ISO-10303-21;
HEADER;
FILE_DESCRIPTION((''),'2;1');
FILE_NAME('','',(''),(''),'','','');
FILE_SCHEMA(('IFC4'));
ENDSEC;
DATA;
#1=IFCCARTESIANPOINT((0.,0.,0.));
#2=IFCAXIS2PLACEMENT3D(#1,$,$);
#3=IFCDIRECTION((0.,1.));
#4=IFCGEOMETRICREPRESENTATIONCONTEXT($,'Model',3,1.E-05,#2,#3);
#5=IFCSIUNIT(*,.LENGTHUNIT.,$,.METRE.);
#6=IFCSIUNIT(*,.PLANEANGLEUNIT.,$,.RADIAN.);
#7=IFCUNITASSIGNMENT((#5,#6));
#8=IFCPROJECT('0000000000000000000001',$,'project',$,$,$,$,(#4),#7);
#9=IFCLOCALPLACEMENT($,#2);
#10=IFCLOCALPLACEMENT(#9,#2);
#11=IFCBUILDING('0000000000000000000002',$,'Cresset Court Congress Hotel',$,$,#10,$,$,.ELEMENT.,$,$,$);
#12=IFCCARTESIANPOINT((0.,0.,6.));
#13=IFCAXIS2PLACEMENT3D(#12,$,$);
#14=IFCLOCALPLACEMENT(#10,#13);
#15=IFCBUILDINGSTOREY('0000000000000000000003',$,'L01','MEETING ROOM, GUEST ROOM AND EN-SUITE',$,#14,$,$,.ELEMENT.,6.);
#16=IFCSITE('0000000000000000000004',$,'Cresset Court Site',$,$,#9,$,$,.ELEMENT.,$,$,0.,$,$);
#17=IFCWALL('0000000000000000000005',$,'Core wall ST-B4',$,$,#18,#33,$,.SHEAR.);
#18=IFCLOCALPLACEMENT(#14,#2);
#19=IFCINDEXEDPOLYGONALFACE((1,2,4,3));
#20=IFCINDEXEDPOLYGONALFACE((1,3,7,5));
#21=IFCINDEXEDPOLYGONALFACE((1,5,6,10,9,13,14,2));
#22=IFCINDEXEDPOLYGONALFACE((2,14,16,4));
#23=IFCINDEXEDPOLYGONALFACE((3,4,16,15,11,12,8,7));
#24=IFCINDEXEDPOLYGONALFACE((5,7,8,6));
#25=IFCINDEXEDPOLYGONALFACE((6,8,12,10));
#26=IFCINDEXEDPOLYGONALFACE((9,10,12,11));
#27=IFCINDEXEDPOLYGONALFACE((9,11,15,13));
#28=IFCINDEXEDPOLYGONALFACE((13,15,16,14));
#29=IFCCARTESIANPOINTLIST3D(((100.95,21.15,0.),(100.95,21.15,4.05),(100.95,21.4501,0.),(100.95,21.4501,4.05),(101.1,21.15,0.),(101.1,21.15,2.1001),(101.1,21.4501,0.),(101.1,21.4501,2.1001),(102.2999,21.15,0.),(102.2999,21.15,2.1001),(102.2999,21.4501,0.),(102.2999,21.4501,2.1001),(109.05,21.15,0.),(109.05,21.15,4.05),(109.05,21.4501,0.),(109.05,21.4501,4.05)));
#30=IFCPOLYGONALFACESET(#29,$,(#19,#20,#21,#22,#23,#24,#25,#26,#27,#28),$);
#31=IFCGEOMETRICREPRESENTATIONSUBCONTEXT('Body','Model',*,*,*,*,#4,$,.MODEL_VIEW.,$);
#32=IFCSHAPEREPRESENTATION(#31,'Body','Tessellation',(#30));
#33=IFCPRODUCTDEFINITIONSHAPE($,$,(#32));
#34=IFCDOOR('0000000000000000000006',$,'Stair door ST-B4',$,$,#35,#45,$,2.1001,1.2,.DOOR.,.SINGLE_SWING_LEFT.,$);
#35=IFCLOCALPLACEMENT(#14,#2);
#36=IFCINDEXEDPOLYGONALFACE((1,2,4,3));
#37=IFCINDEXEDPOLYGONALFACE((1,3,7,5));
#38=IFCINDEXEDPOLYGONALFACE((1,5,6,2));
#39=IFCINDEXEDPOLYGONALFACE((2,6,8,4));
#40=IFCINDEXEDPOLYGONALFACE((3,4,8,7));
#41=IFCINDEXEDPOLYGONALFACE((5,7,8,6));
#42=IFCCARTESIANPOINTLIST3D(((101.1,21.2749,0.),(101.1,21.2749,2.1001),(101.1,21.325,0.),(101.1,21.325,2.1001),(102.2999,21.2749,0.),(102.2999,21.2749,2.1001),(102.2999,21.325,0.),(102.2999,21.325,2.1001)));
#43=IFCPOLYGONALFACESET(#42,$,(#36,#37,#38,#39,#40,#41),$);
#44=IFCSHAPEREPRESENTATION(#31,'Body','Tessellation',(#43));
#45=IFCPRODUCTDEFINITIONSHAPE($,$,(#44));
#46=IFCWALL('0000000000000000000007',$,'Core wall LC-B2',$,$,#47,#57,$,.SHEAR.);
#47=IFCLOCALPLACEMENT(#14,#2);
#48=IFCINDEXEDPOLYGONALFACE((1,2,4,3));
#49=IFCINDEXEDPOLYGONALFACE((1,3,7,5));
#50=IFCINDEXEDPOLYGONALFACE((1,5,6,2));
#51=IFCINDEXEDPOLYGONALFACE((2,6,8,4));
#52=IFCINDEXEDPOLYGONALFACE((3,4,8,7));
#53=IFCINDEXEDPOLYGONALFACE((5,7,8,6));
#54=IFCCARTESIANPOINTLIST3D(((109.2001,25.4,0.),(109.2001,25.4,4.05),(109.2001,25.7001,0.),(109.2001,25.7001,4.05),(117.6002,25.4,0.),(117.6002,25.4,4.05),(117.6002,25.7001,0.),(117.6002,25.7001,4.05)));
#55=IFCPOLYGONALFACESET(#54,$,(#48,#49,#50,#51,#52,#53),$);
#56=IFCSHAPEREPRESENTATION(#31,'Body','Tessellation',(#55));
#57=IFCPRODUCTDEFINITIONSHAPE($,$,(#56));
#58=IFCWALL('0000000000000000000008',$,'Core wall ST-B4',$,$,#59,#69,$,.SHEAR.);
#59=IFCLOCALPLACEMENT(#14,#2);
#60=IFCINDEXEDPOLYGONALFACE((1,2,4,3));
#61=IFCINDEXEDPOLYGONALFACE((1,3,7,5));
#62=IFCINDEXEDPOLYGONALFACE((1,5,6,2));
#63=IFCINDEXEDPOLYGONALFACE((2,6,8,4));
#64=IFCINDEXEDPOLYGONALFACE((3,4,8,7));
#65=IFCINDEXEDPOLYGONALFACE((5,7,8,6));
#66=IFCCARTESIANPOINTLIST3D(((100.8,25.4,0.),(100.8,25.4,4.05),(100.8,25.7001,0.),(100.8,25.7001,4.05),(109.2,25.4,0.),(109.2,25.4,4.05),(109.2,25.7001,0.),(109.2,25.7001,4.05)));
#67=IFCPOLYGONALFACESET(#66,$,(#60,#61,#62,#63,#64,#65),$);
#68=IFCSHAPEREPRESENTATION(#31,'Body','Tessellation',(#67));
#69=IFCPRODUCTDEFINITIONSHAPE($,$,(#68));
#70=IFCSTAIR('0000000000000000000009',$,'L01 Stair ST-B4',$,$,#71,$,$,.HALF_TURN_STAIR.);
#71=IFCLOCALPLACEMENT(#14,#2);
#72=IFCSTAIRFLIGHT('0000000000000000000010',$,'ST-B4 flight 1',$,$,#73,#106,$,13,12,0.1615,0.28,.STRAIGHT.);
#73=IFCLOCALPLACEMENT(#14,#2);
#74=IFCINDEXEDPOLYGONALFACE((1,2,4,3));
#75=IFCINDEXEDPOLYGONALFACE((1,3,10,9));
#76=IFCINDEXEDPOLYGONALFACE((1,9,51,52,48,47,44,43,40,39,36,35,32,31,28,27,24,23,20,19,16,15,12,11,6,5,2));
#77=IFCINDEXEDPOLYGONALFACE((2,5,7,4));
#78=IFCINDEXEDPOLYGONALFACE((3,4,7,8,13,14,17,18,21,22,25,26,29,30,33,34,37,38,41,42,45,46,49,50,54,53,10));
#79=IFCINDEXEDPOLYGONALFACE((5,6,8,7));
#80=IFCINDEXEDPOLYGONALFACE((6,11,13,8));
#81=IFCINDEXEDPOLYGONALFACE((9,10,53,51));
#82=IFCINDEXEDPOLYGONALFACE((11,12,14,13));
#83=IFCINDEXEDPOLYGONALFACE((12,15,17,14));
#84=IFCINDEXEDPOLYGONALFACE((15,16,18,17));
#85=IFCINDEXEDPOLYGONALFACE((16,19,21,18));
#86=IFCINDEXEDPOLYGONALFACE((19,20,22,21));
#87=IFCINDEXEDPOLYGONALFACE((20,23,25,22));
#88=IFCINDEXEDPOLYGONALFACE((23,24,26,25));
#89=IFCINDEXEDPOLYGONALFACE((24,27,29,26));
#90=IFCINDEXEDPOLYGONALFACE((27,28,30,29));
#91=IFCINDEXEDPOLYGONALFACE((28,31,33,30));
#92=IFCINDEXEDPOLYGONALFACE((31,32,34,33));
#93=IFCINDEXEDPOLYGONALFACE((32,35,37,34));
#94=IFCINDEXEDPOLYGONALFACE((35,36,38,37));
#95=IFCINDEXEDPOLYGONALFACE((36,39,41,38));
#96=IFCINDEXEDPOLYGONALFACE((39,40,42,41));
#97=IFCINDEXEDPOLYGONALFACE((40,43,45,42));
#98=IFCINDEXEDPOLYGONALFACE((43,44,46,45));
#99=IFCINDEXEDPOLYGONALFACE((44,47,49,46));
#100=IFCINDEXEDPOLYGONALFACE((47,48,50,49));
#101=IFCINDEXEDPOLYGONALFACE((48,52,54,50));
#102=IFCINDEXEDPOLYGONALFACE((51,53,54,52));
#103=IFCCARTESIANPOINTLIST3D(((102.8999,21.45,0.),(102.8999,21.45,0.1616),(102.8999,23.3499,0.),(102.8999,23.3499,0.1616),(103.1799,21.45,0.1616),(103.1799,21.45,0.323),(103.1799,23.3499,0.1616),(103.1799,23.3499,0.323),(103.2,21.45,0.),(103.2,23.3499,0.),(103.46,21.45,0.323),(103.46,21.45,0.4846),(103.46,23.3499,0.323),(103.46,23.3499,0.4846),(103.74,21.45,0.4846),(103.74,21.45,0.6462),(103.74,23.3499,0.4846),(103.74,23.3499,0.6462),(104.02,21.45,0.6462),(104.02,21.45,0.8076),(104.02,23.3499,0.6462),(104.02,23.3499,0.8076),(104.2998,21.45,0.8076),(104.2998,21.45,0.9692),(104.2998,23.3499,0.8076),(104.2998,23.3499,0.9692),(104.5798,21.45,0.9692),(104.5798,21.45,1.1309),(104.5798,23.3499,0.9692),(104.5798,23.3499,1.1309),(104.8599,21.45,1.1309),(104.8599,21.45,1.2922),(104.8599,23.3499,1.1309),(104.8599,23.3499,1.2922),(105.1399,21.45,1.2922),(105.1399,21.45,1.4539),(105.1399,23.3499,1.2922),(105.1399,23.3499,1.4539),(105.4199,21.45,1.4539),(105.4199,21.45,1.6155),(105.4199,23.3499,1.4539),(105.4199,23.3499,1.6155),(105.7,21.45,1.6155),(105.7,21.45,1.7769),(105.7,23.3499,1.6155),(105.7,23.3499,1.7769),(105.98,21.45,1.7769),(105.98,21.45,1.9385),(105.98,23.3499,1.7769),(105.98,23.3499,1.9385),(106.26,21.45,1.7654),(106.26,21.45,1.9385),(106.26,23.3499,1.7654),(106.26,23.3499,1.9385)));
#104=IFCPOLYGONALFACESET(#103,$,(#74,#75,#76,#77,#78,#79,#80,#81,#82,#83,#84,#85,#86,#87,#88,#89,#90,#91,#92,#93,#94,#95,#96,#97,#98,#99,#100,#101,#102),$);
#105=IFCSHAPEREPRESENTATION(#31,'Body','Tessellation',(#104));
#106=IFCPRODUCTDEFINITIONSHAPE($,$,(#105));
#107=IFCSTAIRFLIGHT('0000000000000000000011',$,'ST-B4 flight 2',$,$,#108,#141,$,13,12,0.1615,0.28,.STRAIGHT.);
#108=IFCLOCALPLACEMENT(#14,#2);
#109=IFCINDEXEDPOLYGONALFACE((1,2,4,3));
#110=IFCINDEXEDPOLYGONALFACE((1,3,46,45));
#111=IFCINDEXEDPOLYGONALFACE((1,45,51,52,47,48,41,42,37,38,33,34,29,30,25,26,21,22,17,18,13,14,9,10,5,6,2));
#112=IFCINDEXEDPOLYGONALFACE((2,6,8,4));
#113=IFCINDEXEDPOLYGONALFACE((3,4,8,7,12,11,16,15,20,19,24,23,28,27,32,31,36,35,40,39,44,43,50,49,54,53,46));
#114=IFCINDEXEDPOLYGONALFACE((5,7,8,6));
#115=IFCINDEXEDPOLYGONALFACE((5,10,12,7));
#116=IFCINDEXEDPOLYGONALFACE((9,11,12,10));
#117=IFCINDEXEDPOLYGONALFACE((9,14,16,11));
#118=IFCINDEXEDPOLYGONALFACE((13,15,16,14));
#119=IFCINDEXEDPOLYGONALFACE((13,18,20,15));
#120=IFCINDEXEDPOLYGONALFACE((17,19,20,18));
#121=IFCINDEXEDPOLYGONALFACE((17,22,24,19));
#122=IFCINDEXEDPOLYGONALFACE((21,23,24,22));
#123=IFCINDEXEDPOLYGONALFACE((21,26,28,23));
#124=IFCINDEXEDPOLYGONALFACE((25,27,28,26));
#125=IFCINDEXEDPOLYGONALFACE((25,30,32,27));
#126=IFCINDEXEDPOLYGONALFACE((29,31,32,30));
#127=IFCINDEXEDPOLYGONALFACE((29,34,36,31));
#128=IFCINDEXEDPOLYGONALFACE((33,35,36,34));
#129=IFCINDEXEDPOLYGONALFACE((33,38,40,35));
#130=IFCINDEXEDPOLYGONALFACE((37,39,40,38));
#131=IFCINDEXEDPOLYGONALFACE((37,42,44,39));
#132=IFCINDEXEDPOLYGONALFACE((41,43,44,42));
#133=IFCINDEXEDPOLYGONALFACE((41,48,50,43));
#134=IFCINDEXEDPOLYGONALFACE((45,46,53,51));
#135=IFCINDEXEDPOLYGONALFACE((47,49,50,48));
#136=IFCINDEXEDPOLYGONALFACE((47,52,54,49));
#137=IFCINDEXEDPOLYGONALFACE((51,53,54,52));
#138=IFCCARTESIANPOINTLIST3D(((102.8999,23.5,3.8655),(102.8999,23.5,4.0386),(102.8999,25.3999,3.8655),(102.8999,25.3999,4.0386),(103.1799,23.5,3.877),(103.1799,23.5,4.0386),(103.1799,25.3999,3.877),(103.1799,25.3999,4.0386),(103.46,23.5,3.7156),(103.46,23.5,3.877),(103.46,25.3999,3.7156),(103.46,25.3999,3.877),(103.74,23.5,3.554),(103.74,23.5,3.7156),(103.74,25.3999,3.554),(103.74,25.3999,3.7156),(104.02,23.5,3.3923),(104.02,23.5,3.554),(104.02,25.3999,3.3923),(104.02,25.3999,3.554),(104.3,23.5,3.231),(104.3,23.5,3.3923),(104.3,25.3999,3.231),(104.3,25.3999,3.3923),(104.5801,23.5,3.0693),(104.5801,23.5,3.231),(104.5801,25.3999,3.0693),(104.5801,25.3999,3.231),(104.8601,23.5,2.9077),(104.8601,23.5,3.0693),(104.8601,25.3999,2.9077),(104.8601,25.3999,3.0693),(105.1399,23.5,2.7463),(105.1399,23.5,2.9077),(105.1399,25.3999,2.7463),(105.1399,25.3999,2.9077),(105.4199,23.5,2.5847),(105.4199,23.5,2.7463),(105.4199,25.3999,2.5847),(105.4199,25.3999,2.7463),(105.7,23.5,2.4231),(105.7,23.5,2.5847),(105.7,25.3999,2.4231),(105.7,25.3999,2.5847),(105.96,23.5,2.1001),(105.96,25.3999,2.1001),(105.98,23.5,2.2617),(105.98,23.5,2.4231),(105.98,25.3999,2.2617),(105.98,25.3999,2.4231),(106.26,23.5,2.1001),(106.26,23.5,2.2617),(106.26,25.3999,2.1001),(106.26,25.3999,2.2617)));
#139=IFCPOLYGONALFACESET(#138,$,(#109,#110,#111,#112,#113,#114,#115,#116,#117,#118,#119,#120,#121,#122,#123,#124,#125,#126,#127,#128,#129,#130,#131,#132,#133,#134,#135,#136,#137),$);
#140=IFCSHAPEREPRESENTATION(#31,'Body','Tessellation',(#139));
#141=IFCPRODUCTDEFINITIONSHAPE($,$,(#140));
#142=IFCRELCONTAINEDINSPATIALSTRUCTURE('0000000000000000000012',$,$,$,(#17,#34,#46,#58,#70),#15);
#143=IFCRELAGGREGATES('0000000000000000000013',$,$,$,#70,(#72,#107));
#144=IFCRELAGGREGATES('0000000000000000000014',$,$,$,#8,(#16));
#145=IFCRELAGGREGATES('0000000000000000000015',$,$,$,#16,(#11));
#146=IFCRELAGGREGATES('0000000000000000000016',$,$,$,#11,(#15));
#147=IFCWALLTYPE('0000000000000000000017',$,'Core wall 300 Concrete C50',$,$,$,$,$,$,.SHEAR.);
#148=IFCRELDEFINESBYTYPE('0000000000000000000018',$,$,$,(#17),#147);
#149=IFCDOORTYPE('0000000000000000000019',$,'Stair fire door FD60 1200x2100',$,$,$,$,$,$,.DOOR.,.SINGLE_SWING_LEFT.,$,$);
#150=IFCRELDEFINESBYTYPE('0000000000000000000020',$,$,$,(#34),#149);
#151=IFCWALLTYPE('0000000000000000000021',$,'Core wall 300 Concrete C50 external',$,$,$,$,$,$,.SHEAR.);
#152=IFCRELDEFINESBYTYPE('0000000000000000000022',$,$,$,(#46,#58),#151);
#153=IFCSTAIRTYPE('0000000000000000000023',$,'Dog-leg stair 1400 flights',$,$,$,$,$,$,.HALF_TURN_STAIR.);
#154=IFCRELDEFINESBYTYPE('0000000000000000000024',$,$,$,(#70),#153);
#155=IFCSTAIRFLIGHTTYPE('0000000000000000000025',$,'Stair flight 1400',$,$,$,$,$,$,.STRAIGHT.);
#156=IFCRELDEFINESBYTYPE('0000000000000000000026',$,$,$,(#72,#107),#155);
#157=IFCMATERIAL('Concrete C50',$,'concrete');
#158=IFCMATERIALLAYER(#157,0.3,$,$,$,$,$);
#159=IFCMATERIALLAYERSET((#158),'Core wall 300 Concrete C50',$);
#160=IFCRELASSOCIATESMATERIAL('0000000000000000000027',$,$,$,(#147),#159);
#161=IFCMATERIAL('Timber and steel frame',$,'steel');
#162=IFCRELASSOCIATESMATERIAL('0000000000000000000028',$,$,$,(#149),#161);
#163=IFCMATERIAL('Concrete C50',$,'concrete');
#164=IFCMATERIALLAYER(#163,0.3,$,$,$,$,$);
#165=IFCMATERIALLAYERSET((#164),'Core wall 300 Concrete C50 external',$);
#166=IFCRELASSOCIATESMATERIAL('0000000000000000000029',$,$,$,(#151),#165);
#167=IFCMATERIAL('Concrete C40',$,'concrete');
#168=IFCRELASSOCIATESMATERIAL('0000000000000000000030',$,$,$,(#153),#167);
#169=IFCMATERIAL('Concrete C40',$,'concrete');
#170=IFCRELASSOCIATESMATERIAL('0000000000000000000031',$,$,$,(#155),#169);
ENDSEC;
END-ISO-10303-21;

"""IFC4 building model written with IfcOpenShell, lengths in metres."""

from ifc_helpers import new_model, si_unit, direction, frame, frame_2d, origin, place, context, subcontext, project, spatial, polyline, rectangle, outline, extrude, material, layer, layer_set, type_object, element, fill, aggregate, save


model = new_model("IFC4")

# Units and contexts
model_context = context("Model", 3, precision=1e-05, world=origin(), true_north=direction((0.0, 1.0)))
body_context = subcontext(model_context, "Body", "Model", "MODEL_VIEW")
ifc_project = project(units=[si_unit("LENGTHUNIT", "METRE"), si_unit("PLANEANGLEUNIT", "RADIAN")], contexts=[model_context])

# Site, building, storey
site_placement = place(None, origin())
site = spatial("IfcSite", under=ifc_project, at=site_placement, Name="Cresset Court Site", CompositionType="ELEMENT", RefElevation=0.0)
building_placement = place(site_placement, origin())
building = spatial("IfcBuilding", under=site, at=building_placement, Name="Cresset Court Congress Hotel", CompositionType="ELEMENT")
storey_placement = place(building_placement, frame((0.0, 0.0, 6.0)))
storey = spatial("IfcBuildingStorey", under=building, at=storey_placement, Name="L01", Description="MEETING ROOM, GUEST ROOM AND EN-SUITE", CompositionType="ELEMENT", Elevation=6.0)

# Shared definitions
ifc_material_1 = material(Name="Concrete C50", Category="concrete")
ifc_layer_1 = layer(ifc_material_1, 0.3)
ifc_layer_set_1 = layer_set([ifc_layer_1], Name="Core wall 300 Concrete C50")
wall_type_1 = type_object("IfcWallType", Name="Core wall 300 Concrete C50", PredefinedType="SHEAR", material=ifc_layer_set_1)

# Wall, opening, door
wall_1_placement = place(storey_placement, frame((100.95, 21.3, 0.0), z_axis=(0.0, 0.0, 1.0), x_axis=(1.0, 0.0, 0.0)))
wall_1 = element("IfcWall", 1, at=wall_1_placement, inside=storey, type_object=wall_type_1, Name="Core wall ST-B4", PredefinedType="SHEAR", context=body_context, shape_type="SweptSolid", body=[
    extrude(rectangle(XDim=8.1001, YDim=0.3, at=frame_2d((4.05, 0.0))), origin(), (0.0, 0.0, 1.0), 4.05),
])
opening_placement = place(wall_1_placement, frame((0.1499, 0.0, 0.0)))
opening = element("IfcOpeningElement", 2, at=opening_placement, cuts=wall_1, PredefinedType="OPENING", context=body_context, shape_type="SweptSolid", body=[
    extrude(rectangle(XDim=1.2, YDim=2.1001, at=frame_2d((0.6001, 1.05))), frame((0.0, 0.1599, 0.0), z_axis=(0.0, -1.0, 0.0), x_axis=(1.0, 0.0, 0.0)), (0.0, 0.0, 1.0), 0.3201),
])
ifc_material_2 = material(Name="Timber and steel frame", Category="steel")
door_type = type_object("IfcDoorType", Name="Stair fire door FD60 1200x2100", OperationType="SINGLE_SWING_LEFT", PredefinedType="DOOR", material=ifc_material_2)
door_placement = place(opening_placement, origin())
door = element("IfcDoor", 3, at=door_placement, inside=storey, type_object=door_type, Name="Stair door ST-B4", OperationType="SINGLE_SWING_LEFT", OverallHeight=2.1001, OverallWidth=1.2, PredefinedType="DOOR", context=body_context, shape_type="SweptSolid", body=[
    extrude(rectangle(XDim=1.2, YDim=2.1001, at=frame_2d((0.6001, 1.05))), frame((0.0, 0.0249, 0.0), z_axis=(0.0, -1.0, 0.0), x_axis=(1.0, 0.0, 0.0)), (0.0, 0.0, 1.0), 0.05),
])
fill(opening, door)

# Walls
ifc_material_3 = material(Name="Concrete C50", Category="concrete")
ifc_layer_2 = layer(ifc_material_3, 0.3)
ifc_layer_set_2 = layer_set([ifc_layer_2], Name="Core wall 300 Concrete C50 external")
wall_type_2 = type_object("IfcWallType", Name="Core wall 300 Concrete C50 external", PredefinedType="SHEAR", material=ifc_layer_set_2)
wall_2_placement = place(storey_placement, frame((109.2, 25.55, 0.0), z_axis=(0.0, 0.0, 1.0), x_axis=(1.0, 0.0, 0.0)))
element("IfcWall", 4, at=wall_2_placement, inside=storey, type_object=wall_type_2, Name="Core wall LC-B2", PredefinedType="SHEAR", context=body_context, shape_type="SweptSolid", body=[
    extrude(rectangle(XDim=8.4001, YDim=0.3, at=frame_2d((4.2002, 0.0))), origin(), (0.0, 0.0, 1.0), 4.05),
])
wall_3_placement = place(storey_placement, frame((100.8, 25.55, 0.0), z_axis=(0.0, 0.0, 1.0), x_axis=(1.0, 0.0, 0.0)))
element("IfcWall", 5, at=wall_3_placement, inside=storey, type_object=wall_type_2, Name="Core wall ST-B4", PredefinedType="SHEAR", context=body_context, shape_type="SweptSolid", body=[
    extrude(rectangle(XDim=8.3999, YDim=0.3, at=frame_2d((4.2, 0.0))), origin(), (0.0, 0.0, 1.0), 4.05),
])

# Stair, stair flights
ifc_material_4 = material(Name="Concrete C40", Category="concrete")
stair_type = type_object("IfcStairType", Name="Dog-leg stair 1400 flights", PredefinedType="HALF_TURN_STAIR", material=ifc_material_4)
stair_placement = place(storey_placement, origin())
stair = element("IfcStair", 6, at=stair_placement, inside=storey, type_object=stair_type, Name="L01 Stair ST-B4", PredefinedType="HALF_TURN_STAIR")
ifc_material_5 = material(Name="Concrete C40", Category="concrete")
stair_flight_type = type_object("IfcStairFlightType", Name="Stair flight 1400", PredefinedType="STRAIGHT", material=ifc_material_5)
stair_flight_1_placement = place(storey_placement, frame((102.8999, 22.3999, 0.0), z_axis=(0.0, 0.0, 1.0), x_axis=(1.0, 0.0, 0.0)))
stair_flight_1 = element("IfcStairFlight", 7, at=stair_flight_1_placement, type_object=stair_flight_type, Name="ST-B4 flight 1", NumberOfRisers=13, NumberOfTreads=12, PredefinedType="STRAIGHT", RiserHeight=0.1615, TreadLength=0.28, context=body_context, shape_type="SweptSolid", body=[
    extrude(outline(polyline([(0.0, 0.0), (0.0, 0.1616), (0.28, 0.1616), (0.28, 0.323), (0.5601, 0.323), (0.5601, 0.4846), (0.8401, 0.4846), (0.8401, 0.6462), (1.1201, 0.6462), (1.1201, 0.8076), (1.3999, 0.8076), (1.3999, 0.9692), (1.6799, 0.9692), (1.6799, 1.1309), (1.96, 1.1309), (1.96, 1.2922), (2.24, 1.2922), (2.24, 1.4539), (2.52, 1.4539), (2.52, 1.6155), (2.8, 1.6155), (2.8, 1.7769), (3.0801, 1.7769), (3.0801, 1.9385), (3.3601, 1.9385), (3.3601, 2.1001), (3.3601, 1.7654), (0.3, 0.0), (0.0, 0.0)])), frame((0.0, 0.95, 0.0), z_axis=(0.0, -1.0, 0.0), x_axis=(1.0, 0.0, 0.0)), (0.0, 0.0, 1.0), 1.8999),
])
stair_flight_2_placement = place(storey_placement, frame((106.26, 24.45, 2.1001), z_axis=(0.0, 0.0, 1.0), x_axis=(-1.0, 0.0, 0.0)))
stair_flight_2 = element("IfcStairFlight", 8, at=stair_flight_2_placement, type_object=stair_flight_type, Name="ST-B4 flight 2", NumberOfRisers=13, NumberOfTreads=12, PredefinedType="STRAIGHT", RiserHeight=0.1615, TreadLength=0.28, context=body_context, shape_type="SweptSolid", body=[
    extrude(outline(polyline([(0.0, 0.0), (0.0, 0.1616), (0.28, 0.1616), (0.28, 0.323), (0.5601, 0.323), (0.5601, 0.4846), (0.8401, 0.4846), (0.8401, 0.6462), (1.1201, 0.6462), (1.1201, 0.8076), (1.3999, 0.8076), (1.3999, 0.9692), (1.6799, 0.9692), (1.6799, 1.1309), (1.96, 1.1309), (1.96, 1.2922), (2.24, 1.2922), (2.24, 1.4539), (2.52, 1.4539), (2.52, 1.6155), (2.8, 1.6155), (2.8, 1.7769), (3.0801, 1.7769), (3.0801, 1.9385), (3.3601, 1.9385), (3.3601, 2.1001), (3.3601, 1.7654), (0.3, 0.0), (0.0, 0.0)])), frame((0.0, 0.95, 0.0), z_axis=(0.0, -1.0, 0.0), x_axis=(1.0, 0.0, 0.0)), (0.0, 0.0, 1.0), 1.8999),
])
aggregate(stair, [stair_flight_1, stair_flight_2])

save(model, "model.ifc")
